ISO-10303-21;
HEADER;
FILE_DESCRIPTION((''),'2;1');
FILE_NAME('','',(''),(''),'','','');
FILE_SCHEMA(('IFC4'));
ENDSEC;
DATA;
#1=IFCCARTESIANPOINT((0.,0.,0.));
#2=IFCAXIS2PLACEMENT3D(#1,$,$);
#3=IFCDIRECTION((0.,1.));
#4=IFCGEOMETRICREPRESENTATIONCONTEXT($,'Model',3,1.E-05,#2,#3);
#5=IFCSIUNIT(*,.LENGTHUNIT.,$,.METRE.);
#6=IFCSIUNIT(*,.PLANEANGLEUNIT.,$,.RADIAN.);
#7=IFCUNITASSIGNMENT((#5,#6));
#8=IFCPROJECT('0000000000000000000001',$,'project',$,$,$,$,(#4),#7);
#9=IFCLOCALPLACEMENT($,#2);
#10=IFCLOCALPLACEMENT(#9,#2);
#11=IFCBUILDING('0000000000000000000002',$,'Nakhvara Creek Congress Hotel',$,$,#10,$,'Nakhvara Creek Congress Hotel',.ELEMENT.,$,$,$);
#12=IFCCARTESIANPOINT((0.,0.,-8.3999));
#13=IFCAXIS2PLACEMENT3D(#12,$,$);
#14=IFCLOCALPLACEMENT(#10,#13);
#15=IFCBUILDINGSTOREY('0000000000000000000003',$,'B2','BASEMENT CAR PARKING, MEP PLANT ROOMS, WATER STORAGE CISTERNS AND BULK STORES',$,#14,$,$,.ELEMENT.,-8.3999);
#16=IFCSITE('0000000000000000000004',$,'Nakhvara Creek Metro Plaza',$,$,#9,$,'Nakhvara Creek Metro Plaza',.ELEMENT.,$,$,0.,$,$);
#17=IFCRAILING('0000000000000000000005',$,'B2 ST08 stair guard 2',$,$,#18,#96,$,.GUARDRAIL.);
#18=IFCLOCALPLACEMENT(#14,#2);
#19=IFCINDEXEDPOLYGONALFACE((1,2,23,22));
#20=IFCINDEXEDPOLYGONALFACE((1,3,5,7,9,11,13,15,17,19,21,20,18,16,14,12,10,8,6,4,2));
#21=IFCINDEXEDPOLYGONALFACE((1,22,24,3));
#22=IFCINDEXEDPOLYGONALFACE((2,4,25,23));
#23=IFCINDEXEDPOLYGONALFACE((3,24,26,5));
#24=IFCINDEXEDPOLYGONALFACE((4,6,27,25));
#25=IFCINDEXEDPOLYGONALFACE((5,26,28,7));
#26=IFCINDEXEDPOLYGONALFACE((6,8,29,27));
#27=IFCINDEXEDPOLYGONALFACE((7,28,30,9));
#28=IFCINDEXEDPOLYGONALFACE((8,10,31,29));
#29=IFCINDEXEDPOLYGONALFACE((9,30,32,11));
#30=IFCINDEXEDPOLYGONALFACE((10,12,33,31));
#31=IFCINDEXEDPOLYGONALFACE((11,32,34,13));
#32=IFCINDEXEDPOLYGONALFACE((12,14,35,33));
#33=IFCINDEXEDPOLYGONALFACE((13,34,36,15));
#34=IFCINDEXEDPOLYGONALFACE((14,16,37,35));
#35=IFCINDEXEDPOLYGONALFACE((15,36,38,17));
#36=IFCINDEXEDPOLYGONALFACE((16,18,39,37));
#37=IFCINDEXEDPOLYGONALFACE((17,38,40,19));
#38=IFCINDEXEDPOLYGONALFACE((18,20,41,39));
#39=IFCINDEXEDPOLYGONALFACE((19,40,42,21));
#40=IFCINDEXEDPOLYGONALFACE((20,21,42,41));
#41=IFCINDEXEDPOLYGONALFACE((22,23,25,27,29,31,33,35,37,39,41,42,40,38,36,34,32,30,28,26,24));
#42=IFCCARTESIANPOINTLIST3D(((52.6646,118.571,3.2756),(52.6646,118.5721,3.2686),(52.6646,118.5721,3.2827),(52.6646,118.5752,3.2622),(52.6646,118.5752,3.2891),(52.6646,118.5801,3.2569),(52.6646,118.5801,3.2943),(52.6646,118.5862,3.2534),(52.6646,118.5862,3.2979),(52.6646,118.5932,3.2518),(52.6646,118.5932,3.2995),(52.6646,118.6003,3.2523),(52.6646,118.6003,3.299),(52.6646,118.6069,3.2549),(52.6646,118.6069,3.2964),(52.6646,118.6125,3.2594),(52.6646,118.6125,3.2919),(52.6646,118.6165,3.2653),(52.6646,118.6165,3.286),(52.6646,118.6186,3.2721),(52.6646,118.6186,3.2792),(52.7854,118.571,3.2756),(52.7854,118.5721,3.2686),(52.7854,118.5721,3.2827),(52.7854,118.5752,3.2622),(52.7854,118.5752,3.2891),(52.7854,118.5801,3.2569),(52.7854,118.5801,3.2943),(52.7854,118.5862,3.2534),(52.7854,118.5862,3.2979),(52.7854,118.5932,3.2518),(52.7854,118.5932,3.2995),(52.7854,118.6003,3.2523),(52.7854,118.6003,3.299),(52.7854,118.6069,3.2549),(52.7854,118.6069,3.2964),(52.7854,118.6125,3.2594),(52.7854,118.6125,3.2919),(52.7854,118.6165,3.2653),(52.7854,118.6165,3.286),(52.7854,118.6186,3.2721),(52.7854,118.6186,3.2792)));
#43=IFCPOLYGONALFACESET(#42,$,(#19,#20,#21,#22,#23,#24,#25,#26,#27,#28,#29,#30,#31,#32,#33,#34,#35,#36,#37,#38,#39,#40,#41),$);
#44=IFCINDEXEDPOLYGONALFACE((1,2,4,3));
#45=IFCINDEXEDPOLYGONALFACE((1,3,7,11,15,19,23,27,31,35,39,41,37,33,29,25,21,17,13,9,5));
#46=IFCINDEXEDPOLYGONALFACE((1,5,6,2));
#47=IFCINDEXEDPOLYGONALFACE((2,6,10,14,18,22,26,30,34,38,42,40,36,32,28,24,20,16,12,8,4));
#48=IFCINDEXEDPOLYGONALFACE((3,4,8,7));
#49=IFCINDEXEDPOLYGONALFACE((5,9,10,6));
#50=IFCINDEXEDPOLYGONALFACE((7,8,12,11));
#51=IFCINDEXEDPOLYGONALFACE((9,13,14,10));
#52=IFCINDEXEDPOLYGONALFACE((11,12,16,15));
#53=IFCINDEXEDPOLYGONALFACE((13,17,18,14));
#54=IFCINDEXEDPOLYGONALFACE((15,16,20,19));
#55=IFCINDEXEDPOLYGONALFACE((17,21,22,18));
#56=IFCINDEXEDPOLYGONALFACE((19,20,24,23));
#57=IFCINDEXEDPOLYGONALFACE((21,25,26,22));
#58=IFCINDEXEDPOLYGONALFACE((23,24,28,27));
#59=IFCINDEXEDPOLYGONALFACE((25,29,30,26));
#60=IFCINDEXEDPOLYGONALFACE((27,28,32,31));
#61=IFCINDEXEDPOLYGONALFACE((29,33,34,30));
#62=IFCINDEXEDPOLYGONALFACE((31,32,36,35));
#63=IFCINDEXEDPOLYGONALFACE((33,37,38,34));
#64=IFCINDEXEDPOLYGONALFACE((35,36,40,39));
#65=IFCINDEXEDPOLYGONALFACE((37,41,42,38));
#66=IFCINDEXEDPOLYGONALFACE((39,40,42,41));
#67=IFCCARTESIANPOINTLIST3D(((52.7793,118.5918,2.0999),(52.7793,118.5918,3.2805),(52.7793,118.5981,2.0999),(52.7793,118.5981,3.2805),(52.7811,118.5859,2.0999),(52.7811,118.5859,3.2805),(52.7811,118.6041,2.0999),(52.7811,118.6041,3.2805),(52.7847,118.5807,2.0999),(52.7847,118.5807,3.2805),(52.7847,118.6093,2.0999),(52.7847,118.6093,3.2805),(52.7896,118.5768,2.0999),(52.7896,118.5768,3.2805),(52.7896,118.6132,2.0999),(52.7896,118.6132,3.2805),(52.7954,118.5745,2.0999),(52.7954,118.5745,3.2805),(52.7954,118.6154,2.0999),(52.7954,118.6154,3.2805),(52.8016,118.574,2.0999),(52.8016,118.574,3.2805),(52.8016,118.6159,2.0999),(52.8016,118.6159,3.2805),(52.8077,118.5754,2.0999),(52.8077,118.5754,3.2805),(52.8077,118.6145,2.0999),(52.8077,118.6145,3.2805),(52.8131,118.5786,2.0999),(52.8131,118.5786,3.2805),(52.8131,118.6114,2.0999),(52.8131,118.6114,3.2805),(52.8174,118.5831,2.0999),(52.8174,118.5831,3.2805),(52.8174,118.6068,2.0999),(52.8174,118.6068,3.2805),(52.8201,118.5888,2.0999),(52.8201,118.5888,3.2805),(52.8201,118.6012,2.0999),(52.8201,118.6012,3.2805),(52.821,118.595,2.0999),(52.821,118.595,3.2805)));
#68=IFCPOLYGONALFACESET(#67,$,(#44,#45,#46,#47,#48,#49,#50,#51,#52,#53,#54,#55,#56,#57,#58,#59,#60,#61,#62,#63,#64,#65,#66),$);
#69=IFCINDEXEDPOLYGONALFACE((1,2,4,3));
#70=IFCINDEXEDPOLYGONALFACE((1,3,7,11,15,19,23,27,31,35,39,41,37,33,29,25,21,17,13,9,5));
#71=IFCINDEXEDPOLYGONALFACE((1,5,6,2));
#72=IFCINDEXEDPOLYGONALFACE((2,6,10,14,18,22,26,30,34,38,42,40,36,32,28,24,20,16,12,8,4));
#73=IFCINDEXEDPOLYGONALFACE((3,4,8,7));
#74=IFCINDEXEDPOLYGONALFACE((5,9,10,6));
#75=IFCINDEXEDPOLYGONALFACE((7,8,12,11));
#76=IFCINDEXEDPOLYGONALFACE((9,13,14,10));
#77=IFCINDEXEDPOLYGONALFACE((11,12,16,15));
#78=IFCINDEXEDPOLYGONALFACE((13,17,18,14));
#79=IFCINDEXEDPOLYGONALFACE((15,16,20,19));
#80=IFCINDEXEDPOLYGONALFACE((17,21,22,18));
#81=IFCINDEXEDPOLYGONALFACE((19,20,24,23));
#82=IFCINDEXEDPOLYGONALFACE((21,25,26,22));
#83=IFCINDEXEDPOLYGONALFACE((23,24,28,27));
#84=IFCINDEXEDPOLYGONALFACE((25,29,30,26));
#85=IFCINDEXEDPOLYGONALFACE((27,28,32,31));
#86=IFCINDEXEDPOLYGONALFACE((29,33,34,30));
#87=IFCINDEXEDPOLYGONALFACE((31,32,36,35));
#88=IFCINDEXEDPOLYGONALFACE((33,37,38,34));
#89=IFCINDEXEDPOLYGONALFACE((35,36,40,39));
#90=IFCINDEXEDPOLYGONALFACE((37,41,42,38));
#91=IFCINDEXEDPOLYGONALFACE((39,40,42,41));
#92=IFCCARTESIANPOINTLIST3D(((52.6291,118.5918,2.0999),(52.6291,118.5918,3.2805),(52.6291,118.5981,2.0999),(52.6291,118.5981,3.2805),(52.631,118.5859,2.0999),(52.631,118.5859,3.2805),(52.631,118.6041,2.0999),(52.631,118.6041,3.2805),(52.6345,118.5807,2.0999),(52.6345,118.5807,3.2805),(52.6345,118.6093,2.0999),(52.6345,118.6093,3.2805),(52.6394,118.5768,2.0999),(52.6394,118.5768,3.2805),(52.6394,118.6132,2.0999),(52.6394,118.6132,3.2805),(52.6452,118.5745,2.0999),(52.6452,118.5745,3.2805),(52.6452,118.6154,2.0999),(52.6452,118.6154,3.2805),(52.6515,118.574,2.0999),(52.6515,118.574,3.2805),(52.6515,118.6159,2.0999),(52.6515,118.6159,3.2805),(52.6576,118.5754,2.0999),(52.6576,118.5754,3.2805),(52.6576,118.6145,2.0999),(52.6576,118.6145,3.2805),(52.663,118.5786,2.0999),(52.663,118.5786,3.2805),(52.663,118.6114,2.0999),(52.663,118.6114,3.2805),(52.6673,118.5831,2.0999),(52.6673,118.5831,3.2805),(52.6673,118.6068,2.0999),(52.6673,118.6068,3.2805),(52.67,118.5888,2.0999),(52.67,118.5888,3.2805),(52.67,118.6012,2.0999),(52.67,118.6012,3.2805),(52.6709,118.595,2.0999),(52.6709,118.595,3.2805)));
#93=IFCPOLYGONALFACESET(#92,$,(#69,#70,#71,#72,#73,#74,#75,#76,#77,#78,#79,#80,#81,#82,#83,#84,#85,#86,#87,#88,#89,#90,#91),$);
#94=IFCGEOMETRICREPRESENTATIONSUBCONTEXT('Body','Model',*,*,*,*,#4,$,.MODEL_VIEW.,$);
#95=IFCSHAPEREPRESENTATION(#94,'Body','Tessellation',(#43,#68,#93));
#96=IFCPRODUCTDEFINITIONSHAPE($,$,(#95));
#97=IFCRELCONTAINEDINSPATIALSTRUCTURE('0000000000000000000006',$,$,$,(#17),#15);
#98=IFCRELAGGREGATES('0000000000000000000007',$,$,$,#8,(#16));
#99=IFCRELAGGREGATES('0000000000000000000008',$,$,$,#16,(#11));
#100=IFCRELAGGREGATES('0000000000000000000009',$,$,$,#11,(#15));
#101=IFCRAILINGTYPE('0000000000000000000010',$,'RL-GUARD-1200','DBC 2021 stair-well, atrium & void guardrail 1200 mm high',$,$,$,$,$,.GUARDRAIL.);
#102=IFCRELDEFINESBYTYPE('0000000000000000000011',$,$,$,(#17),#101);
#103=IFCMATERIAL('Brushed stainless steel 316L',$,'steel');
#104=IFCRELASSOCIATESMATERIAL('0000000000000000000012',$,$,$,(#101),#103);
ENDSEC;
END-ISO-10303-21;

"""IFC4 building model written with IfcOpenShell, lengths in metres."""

from ifc_helpers import new_model, si_unit, direction, frame, origin, origin_2d, place, context, subcontext, project, spatial, circle, extrude, material, type_object, element, save


model = new_model("IFC4")

# Units and contexts
model_context = context("Model", 3, precision=1e-05, world=origin(), true_north=direction((0.0, 1.0)))
body_context = subcontext(model_context, "Body", "Model", "MODEL_VIEW")
ifc_project = project(units=[si_unit("LENGTHUNIT", "METRE"), si_unit("PLANEANGLEUNIT", "RADIAN")], contexts=[model_context])

# Site, building, storey
site_placement = place(None, origin())
site = spatial("IfcSite", under=ifc_project, at=site_placement, Name="Nakhvara Creek Metro Plaza", LongName="Nakhvara Creek Metro Plaza", CompositionType="ELEMENT", RefElevation=0.0)
building_placement = place(site_placement, origin())
building = spatial("IfcBuilding", under=site, at=building_placement, Name="Nakhvara Creek Congress Hotel", LongName="Nakhvara Creek Congress Hotel", CompositionType="ELEMENT")
storey_placement = place(building_placement, frame((0.0, 0.0, -8.3999)))
storey = spatial("IfcBuildingStorey", under=building, at=storey_placement, Name="B2", Description="BASEMENT CAR PARKING, MEP PLANT ROOMS, WATER STORAGE CISTERNS AND BULK STORES", CompositionType="ELEMENT", Elevation=-8.3999)

# Railing
ifc_material_1 = material(Name="Brushed stainless steel 316L", Category="steel")
railing_type_1 = type_object("IfcRailingType", Name="RL-GUARD-1200", Description="DBC 2021 stair-well, atrium & void guardrail 1200 mm high", PredefinedType="GUARDRAIL", material=ifc_material_1)
railing_1_placement = place(storey_placement, frame((52.8, 118.595, 2.0999)))
element("IfcRailing", 1, at=railing_1_placement, inside=storey, type_object=railing_type_1, Name="B2 ST08 stair guard 2", PredefinedType="GUARDRAIL", context=body_context, shape_type="SweptSolid", body=[
    extrude(circle(Radius=0.0239, at=origin_2d()), frame((-0.0146, 0.0, 1.1758), z_axis=(-1.0, 0.0, 0.0), x_axis=(0.0, -1.0, 0.0)), (0.0, 0.0, 1.0), 0.1208),
    extrude(circle(Radius=0.021, at=origin_2d()), origin(), (0.0, 0.0, 1.0), 1.1807),
    extrude(circle(Radius=0.021, at=origin_2d()), frame((-0.1501, 0.0, 0.0)), (0.0, 0.0, 1.0), 1.1807),
])

save(model, "model.ifc")
